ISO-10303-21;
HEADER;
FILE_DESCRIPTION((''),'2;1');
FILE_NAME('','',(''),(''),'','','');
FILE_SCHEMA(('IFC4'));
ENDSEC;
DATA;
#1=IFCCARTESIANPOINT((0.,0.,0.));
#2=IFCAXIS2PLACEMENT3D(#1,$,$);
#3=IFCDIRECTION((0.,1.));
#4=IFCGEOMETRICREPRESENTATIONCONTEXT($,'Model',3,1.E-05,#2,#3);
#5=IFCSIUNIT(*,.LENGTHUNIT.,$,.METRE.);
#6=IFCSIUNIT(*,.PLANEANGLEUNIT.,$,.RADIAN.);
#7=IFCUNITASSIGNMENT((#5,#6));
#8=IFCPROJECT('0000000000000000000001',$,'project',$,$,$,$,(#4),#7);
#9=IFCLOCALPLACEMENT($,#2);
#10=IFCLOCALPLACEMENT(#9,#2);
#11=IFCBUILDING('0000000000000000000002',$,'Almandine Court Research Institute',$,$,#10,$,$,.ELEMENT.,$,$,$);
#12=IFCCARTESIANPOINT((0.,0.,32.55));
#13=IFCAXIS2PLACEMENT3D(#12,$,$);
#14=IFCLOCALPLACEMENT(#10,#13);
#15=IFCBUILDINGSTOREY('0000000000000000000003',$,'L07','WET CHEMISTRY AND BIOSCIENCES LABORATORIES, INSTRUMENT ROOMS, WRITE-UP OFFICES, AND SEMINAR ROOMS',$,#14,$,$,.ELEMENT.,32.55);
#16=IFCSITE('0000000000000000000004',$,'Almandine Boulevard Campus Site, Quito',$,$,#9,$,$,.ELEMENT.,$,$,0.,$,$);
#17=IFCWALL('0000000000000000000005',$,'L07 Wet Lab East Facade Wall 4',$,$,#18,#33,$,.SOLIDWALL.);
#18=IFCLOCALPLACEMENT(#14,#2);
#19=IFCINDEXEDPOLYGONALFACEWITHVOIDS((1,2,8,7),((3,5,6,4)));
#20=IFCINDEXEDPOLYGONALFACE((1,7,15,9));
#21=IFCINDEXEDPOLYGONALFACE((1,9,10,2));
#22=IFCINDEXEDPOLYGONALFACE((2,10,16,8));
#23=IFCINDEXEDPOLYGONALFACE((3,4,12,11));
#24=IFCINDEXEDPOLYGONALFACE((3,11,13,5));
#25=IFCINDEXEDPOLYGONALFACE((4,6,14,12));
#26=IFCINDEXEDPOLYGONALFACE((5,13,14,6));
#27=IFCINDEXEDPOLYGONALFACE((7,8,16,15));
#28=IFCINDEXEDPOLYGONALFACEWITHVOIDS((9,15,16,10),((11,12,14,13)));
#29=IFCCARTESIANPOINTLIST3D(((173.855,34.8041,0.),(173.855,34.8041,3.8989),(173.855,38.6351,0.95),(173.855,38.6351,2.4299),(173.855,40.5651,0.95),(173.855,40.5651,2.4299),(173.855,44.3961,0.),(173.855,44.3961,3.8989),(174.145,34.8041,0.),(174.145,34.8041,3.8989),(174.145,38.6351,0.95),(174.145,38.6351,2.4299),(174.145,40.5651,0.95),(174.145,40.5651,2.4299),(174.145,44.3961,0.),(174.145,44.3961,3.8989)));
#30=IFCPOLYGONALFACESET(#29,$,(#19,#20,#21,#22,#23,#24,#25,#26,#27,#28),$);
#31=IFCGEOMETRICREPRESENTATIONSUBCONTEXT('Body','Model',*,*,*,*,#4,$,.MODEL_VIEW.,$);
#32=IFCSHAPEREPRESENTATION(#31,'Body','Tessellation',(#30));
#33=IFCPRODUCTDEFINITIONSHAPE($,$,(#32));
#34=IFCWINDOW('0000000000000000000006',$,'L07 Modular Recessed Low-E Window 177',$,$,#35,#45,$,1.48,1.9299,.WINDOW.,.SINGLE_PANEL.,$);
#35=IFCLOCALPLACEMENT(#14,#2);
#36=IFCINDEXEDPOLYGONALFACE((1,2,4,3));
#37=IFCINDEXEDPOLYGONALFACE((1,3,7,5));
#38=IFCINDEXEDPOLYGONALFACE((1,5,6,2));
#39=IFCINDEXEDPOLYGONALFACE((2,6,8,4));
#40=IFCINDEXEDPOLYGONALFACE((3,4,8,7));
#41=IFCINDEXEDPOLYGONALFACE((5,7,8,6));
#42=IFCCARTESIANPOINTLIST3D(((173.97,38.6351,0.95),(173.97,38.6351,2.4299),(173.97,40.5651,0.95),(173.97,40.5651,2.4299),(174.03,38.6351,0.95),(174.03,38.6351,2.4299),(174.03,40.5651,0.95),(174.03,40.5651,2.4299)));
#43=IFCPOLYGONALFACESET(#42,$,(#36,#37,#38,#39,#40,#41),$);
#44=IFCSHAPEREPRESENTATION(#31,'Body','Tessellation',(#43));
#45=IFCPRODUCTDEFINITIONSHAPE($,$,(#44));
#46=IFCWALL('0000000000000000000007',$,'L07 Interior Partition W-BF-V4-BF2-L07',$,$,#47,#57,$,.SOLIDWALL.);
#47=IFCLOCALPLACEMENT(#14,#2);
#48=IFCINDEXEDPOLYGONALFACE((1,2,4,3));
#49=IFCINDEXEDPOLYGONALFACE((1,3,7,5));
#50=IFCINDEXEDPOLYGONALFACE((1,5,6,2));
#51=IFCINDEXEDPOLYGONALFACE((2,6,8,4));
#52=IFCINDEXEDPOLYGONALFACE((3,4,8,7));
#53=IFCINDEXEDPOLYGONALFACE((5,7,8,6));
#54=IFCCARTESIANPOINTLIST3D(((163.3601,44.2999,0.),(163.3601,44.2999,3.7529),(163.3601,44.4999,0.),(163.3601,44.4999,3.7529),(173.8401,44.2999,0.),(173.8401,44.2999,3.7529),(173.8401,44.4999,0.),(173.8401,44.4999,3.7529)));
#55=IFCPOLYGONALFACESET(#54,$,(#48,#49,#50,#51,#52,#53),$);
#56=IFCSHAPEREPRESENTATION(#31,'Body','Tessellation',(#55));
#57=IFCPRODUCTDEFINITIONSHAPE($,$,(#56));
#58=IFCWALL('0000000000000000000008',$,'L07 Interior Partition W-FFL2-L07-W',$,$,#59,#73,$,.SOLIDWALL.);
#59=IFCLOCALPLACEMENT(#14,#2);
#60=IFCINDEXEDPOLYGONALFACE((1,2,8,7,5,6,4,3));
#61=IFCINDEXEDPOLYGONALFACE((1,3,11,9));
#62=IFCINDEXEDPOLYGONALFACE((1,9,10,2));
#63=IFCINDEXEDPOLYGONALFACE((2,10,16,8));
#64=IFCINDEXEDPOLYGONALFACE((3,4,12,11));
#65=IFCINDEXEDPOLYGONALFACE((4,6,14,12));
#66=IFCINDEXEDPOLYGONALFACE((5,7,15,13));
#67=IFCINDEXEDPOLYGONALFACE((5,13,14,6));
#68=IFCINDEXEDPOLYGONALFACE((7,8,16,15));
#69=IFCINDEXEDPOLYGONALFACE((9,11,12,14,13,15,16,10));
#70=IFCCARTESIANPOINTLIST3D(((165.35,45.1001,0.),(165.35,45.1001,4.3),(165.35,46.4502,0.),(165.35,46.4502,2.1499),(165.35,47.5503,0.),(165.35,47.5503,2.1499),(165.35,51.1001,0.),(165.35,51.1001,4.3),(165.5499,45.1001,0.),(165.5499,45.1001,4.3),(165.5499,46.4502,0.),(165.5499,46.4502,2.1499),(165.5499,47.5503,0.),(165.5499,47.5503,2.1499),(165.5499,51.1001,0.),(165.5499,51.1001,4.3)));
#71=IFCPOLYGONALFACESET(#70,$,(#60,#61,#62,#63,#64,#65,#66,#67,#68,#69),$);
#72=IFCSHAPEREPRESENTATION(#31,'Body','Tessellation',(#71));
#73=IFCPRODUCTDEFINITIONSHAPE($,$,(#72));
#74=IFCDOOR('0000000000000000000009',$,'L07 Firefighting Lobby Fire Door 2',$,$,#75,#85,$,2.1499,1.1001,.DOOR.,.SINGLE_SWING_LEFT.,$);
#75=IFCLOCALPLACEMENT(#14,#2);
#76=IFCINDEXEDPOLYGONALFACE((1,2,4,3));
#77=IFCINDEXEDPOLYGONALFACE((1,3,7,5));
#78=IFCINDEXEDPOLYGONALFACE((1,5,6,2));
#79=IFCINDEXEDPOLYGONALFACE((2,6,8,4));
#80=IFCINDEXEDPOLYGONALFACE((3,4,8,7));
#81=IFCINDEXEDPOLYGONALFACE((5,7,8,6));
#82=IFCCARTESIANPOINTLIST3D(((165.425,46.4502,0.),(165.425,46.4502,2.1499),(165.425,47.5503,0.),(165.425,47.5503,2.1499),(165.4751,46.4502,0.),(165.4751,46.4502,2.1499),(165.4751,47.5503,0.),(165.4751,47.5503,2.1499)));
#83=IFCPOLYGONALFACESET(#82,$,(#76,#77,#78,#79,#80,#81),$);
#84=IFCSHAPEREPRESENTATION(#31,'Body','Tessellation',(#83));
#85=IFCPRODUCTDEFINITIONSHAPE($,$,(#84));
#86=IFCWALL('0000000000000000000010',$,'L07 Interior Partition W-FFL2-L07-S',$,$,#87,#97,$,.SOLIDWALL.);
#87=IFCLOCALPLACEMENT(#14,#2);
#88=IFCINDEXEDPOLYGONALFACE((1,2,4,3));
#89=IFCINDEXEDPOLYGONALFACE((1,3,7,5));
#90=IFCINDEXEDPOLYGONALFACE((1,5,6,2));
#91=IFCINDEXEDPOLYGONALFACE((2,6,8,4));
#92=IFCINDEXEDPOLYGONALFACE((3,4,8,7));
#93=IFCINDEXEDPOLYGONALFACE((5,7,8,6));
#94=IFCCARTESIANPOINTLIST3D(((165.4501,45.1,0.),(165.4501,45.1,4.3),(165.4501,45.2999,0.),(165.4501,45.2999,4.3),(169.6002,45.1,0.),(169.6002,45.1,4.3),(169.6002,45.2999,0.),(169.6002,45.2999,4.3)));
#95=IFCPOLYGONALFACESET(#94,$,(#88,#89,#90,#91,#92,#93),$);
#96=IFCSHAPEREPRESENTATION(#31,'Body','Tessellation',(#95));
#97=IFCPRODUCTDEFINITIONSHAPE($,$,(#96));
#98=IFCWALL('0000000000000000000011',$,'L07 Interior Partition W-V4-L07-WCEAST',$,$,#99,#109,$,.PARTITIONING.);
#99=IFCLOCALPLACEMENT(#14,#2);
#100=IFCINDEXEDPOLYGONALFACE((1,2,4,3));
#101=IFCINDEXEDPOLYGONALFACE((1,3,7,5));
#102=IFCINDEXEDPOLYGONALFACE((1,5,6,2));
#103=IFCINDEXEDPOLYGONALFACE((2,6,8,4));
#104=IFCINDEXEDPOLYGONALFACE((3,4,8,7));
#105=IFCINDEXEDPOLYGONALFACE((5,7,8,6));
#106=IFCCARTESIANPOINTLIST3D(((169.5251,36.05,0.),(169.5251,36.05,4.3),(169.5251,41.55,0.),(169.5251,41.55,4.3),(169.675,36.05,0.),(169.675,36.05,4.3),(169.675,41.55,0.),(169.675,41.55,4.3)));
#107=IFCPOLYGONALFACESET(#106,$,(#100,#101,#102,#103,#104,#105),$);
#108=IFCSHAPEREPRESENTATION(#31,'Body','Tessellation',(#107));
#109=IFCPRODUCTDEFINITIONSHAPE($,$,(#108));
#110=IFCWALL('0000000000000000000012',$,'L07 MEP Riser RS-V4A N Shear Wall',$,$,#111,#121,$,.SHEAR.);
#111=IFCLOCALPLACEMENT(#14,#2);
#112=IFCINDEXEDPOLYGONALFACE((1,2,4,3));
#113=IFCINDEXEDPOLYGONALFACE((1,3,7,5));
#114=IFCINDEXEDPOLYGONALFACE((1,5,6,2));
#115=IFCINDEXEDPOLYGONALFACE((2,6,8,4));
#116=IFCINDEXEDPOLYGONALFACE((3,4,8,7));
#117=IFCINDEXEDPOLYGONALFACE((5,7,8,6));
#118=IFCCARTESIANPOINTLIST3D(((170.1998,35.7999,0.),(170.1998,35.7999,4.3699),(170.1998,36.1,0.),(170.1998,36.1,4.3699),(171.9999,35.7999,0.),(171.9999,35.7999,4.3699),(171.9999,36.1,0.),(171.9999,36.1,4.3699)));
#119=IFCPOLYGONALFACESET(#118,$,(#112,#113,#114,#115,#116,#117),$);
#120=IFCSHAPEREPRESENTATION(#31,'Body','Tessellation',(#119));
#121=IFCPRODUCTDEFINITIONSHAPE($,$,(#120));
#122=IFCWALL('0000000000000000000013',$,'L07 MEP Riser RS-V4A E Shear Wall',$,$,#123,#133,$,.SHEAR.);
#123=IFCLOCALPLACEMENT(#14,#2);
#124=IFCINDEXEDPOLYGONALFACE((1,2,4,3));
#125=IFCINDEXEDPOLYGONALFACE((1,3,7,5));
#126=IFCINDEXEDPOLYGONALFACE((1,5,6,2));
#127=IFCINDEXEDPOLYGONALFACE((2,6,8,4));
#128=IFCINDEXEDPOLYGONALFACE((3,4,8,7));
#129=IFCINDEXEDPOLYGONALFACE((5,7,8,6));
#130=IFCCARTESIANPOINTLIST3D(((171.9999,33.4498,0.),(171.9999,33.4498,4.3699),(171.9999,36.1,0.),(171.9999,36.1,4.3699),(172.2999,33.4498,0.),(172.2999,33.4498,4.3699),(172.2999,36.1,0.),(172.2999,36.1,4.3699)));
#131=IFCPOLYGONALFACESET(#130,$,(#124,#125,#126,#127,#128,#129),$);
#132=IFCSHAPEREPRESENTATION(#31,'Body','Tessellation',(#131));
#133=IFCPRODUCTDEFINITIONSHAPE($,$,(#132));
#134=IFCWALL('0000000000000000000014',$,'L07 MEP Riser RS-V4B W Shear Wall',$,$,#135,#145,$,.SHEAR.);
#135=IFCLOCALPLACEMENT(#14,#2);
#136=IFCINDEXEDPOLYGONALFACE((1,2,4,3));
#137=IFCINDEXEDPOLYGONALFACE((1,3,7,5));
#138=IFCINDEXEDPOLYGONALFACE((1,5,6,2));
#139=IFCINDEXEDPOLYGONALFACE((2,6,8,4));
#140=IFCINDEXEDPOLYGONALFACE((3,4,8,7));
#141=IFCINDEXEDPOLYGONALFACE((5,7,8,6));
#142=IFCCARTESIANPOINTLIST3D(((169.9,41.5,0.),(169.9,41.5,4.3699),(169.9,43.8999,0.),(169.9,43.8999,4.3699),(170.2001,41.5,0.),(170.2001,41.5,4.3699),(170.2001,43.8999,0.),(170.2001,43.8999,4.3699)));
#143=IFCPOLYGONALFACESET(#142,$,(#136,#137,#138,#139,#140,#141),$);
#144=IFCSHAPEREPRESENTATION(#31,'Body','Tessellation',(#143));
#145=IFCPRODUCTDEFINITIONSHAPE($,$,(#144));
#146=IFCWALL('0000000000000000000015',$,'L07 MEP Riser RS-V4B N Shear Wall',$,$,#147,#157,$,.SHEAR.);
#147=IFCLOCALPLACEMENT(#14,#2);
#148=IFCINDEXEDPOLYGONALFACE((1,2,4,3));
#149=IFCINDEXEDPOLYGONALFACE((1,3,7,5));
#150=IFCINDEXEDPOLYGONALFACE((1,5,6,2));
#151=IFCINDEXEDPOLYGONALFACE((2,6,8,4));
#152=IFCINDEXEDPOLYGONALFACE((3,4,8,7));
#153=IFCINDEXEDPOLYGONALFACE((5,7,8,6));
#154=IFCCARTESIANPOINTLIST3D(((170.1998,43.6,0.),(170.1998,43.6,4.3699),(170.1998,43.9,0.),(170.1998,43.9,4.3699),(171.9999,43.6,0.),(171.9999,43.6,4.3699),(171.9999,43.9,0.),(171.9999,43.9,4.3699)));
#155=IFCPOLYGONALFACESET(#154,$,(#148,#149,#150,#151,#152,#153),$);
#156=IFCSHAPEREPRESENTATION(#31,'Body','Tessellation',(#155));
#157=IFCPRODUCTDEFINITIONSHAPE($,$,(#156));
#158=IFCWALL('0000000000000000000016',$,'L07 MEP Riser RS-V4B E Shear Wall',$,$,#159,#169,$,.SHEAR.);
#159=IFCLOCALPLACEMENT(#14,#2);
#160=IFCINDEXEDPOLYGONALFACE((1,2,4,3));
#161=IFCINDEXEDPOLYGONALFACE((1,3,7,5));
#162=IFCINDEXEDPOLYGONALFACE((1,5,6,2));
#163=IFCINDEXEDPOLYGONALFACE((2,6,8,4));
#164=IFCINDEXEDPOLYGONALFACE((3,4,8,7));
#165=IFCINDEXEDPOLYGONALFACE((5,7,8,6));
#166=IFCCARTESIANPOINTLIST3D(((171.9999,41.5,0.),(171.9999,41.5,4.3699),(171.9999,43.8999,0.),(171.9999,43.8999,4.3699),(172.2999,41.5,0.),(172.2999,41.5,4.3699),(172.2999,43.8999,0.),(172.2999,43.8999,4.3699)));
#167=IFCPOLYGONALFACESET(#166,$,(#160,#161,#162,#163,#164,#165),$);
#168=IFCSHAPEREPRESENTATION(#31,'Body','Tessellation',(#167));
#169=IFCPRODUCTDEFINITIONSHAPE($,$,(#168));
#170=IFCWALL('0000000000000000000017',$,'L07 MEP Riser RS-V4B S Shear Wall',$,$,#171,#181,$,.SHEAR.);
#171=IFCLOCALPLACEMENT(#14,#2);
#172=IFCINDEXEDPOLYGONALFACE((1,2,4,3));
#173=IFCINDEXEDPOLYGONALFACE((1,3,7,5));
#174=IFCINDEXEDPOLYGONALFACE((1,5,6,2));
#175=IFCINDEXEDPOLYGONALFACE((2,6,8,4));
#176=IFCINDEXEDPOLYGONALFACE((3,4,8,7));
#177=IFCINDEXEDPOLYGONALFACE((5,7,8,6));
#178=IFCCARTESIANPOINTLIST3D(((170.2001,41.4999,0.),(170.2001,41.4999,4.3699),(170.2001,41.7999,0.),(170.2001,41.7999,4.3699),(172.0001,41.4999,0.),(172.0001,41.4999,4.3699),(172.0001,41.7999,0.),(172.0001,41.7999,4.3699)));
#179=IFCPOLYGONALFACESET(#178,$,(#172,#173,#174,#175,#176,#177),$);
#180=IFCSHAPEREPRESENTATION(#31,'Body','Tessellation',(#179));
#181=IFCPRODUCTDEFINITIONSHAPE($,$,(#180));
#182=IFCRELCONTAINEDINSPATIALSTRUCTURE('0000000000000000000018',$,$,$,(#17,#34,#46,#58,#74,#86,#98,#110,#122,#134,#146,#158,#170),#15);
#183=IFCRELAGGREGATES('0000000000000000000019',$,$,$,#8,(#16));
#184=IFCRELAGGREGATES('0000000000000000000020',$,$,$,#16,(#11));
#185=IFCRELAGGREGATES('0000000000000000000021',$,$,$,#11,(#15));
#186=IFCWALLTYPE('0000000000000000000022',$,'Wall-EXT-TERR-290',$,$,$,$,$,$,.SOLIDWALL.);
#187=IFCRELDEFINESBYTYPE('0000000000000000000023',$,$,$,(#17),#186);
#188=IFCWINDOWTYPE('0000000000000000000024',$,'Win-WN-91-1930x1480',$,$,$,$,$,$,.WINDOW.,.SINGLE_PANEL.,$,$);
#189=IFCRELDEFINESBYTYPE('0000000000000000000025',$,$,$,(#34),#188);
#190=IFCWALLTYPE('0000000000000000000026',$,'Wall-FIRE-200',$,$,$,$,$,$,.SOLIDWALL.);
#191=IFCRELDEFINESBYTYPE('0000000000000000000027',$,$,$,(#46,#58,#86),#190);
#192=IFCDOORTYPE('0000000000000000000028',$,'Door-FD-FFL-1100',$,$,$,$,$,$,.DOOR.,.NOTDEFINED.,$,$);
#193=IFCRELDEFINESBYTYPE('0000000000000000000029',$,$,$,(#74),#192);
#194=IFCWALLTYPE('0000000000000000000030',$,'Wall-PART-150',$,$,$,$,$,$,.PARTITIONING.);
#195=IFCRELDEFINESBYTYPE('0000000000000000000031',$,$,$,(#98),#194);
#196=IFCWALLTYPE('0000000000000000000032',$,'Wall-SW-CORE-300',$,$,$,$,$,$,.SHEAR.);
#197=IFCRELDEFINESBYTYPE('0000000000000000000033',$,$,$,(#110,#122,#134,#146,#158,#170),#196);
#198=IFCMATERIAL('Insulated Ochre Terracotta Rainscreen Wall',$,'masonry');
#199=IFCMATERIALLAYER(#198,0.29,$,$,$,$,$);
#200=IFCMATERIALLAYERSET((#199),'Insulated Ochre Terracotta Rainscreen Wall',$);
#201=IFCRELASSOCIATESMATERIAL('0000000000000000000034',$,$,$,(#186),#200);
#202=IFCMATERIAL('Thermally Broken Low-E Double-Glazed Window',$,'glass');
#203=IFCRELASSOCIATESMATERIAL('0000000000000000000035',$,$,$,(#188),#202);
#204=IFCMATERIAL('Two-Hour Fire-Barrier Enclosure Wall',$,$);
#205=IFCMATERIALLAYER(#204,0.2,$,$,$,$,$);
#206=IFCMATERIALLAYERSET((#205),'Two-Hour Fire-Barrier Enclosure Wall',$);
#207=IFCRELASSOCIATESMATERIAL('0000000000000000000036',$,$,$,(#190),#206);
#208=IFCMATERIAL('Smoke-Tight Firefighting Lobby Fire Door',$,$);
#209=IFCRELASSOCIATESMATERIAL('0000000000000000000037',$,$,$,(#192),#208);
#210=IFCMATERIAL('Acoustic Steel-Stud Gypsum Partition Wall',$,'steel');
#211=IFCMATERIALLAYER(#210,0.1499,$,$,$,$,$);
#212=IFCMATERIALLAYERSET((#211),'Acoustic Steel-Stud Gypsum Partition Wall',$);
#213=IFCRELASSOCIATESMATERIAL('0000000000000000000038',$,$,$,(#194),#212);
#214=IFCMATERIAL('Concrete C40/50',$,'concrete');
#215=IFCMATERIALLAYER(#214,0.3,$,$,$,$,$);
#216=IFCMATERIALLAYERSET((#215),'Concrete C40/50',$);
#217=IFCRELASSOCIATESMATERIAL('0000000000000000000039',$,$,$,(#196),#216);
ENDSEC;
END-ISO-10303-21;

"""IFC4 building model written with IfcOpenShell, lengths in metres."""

from ifc_helpers import new_model, si_unit, direction, frame, frame_2d, origin, place, context, subcontext, project, spatial, rectangle, extrude, material, layer, layer_set, type_object, element, fill, save


model = new_model("IFC4")

# Units and contexts
model_context = context("Model", 3, precision=1e-05, world=origin(), true_north=direction((0.0, 1.0)))
body_context = subcontext(model_context, "Body", "Model", "MODEL_VIEW")
ifc_project = project(units=[si_unit("LENGTHUNIT", "METRE"), si_unit("PLANEANGLEUNIT", "RADIAN")], contexts=[model_context])

# Site, building, storey
site_placement = place(None, origin())
site = spatial("IfcSite", under=ifc_project, at=site_placement, Name="Almandine Boulevard Campus Site, Quito", CompositionType="ELEMENT", RefElevation=0.0)
building_placement = place(site_placement, origin())
building = spatial("IfcBuilding", under=site, at=building_placement, Name="Almandine Court Research Institute", CompositionType="ELEMENT")
storey_placement = place(building_placement, frame((0.0, 0.0, 32.55)))
storey = spatial("IfcBuildingStorey", under=building, at=storey_placement, Name="L07", Description="WET CHEMISTRY AND BIOSCIENCES LABORATORIES, INSTRUMENT ROOMS, WRITE-UP OFFICES, AND SEMINAR ROOMS", CompositionType="ELEMENT", Elevation=32.55)

# Wall, opening, window
ifc_material_1 = material(Name="Insulated Ochre Terracotta Rainscreen Wall", Category="masonry")
ifc_layer_1 = layer(ifc_material_1, 0.29)
ifc_layer_set_1 = layer_set([ifc_layer_1], Name="Insulated Ochre Terracotta Rainscreen Wall")
wall_type_1 = type_object("IfcWallType", Name="Wall-EXT-TERR-290", PredefinedType="SOLIDWALL", material=ifc_layer_set_1)
wall_1_placement = place(storey_placement, frame((174.0, 44.396, 0.0), z_axis=(0.0, 0.0, 1.0), x_axis=(0.0, -1.0, 0.0)))
wall_1 = element("IfcWall", 1, at=wall_1_placement, inside=storey, type_object=wall_type_1, Name="L07 Wet Lab East Facade Wall 4", PredefinedType="SOLIDWALL", context=body_context, shape_type="SweptSolid", body=[
    extrude(rectangle(XDim=9.592, YDim=0.29, at=frame_2d((4.7959, 0.0))), origin(), (0.0, 0.0, 1.0), 3.8989),
])
opening_1_placement = place(wall_1_placement, frame((3.8311, 0.0, 0.95)))
opening_1 = element("IfcOpeningElement", 2, at=opening_1_placement, cuts=wall_1, PredefinedType="OPENING", context=body_context, shape_type="SweptSolid", body=[
    extrude(rectangle(XDim=1.9299, YDim=1.48, at=frame_2d((0.9648, 0.74))), frame((0.0, 0.155, 0.0), z_axis=(0.0, -1.0, 0.0), x_axis=(1.0, 0.0, 0.0)), (0.0, 0.0, 1.0), 0.3101),
])
ifc_material_2 = material(Name="Thermally Broken Low-E Double-Glazed Window", Category="glass")
window_type = type_object("IfcWindowType", Name="Win-WN-91-1930x1480", PartitioningType="SINGLE_PANEL", PredefinedType="WINDOW", material=ifc_material_2)
window_placement = place(opening_1_placement, origin())
window = element("IfcWindow", 3, at=window_placement, inside=storey, type_object=window_type, Name="L07 Modular Recessed Low-E Window 177", OverallHeight=1.48, OverallWidth=1.9299, PartitioningType="SINGLE_PANEL", PredefinedType="WINDOW", context=body_context, shape_type="SweptSolid", body=[
    extrude(rectangle(XDim=1.9299, YDim=1.48, at=frame_2d((0.9648, 0.74))), frame((0.0, 0.03, 0.0), z_axis=(0.0, -1.0, 0.0), x_axis=(1.0, 0.0, 0.0)), (0.0, 0.0, 1.0), 0.0601),
])
fill(opening_1, window)

# Wall
ifc_material_3 = material(Name="Two-Hour Fire-Barrier Enclosure Wall")
ifc_layer_2 = layer(ifc_material_3, 0.2)
ifc_layer_set_2 = layer_set([ifc_layer_2], Name="Two-Hour Fire-Barrier Enclosure Wall")
wall_type_2 = type_object("IfcWallType", Name="Wall-FIRE-200", PredefinedType="SOLIDWALL", material=ifc_layer_set_2)
wall_2_placement = place(storey_placement, frame((163.3601, 44.3999, 0.0), z_axis=(0.0, 0.0, 1.0), x_axis=(1.0, 0.0, 0.0)))
element("IfcWall", 4, at=wall_2_placement, inside=storey, type_object=wall_type_2, Name="L07 Interior Partition W-BF-V4-BF2-L07", PredefinedType="SOLIDWALL", context=body_context, shape_type="SweptSolid", body=[
    extrude(rectangle(XDim=10.48, YDim=0.2, at=frame_2d((5.24, 0.0))), origin(), (0.0, 0.0, 1.0), 3.7529),
])

# Wall, opening, door
wall_3_placement = place(storey_placement, frame((165.45, 45.1001, 0.0), z_axis=(0.0, 0.0, 1.0), x_axis=(0.0, 1.0, 0.0)))
wall_3 = element("IfcWall", 5, at=wall_3_placement, inside=storey, type_object=wall_type_2, Name="L07 Interior Partition W-FFL2-L07-W", PredefinedType="SOLIDWALL", context=body_context, shape_type="SweptSolid", body=[
    extrude(rectangle(XDim=6.0, YDim=0.2, at=frame_2d((3.0, 0.0))), origin(), (0.0, 0.0, 1.0), 4.3),
])
opening_2_placement = place(wall_3_placement, frame((1.3501, 0.0, 0.0)))
opening_2 = element("IfcOpeningElement", 6, at=opening_2_placement, cuts=wall_3, PredefinedType="OPENING", context=body_context, shape_type="SweptSolid", body=[
    extrude(rectangle(XDim=1.1001, YDim=2.1499, at=frame_2d((0.55, 1.075))), frame((0.0, 0.1099, 0.0), z_axis=(0.0, -1.0, 0.0), x_axis=(1.0, 0.0, 0.0)), (0.0, 0.0, 1.0), 0.22),
])
ifc_material_4 = material(Name="Smoke-Tight Firefighting Lobby Fire Door")
door_type_1 = type_object("IfcDoorType", Name="Door-FD-FFL-1100", OperationType="NOTDEFINED", PredefinedType="DOOR", material=ifc_material_4)
door_1_placement = place(opening_2_placement, origin())
door_1 = element("IfcDoor", 7, at=door_1_placement, inside=storey, type_object=door_type_1, Name="L07 Firefighting Lobby Fire Door 2", OperationType="SINGLE_SWING_LEFT", OverallHeight=2.1499, OverallWidth=1.1001, PredefinedType="DOOR", context=body_context, shape_type="SweptSolid", body=[
    extrude(rectangle(XDim=1.1001, YDim=2.1499, at=frame_2d((0.55, 1.075))), frame((0.0, 0.0249, 0.0), z_axis=(0.0, -1.0, 0.0), x_axis=(1.0, 0.0, 0.0)), (0.0, 0.0, 1.0), 0.05),
])
fill(opening_2, door_1)

# Walls
wall_4_placement = place(storey_placement, frame((165.45, 45.2, 0.0), z_axis=(0.0, 0.0, 1.0), x_axis=(1.0, 0.0, 0.0)))
element("IfcWall", 8, at=wall_4_placement, inside=storey, type_object=wall_type_2, Name="L07 Interior Partition W-FFL2-L07-S", PredefinedType="SOLIDWALL", context=body_context, shape_type="SweptSolid", body=[
    extrude(rectangle(XDim=4.1501, YDim=0.2, at=frame_2d((2.0752, 0.0))), origin(), (0.0, 0.0, 1.0), 4.3),
])
ifc_material_5 = material(Name="Acoustic Steel-Stud Gypsum Partition Wall", Category="steel")
ifc_layer_3 = layer(ifc_material_5, 0.1499)
ifc_layer_set_3 = layer_set([ifc_layer_3], Name="Acoustic Steel-Stud Gypsum Partition Wall")
wall_type_3 = type_object("IfcWallType", Name="Wall-PART-150", PredefinedType="PARTITIONING", material=ifc_layer_set_3)
wall_5_placement = place(storey_placement, frame((169.6001, 36.05, 0.0), z_axis=(0.0, 0.0, 1.0), x_axis=(0.0, 1.0, 0.0)))
element("IfcWall", 9, at=wall_5_placement, inside=storey, type_object=wall_type_3, Name="L07 Interior Partition W-V4-L07-WCEAST", PredefinedType="PARTITIONING", context=body_context, shape_type="SweptSolid", body=[
    extrude(rectangle(XDim=5.5, YDim=0.1499, at=frame_2d((2.75, 0.0))), origin(), (0.0, 0.0, 1.0), 4.3),
])
ifc_material_6 = material(Name="Concrete C40/50", Category="concrete")
ifc_layer_4 = layer(ifc_material_6, 0.3)
ifc_layer_set_4 = layer_set([ifc_layer_4], Name="Concrete C40/50")
wall_type_4 = type_object("IfcWallType", Name="Wall-SW-CORE-300", PredefinedType="SHEAR", material=ifc_layer_set_4)
wall_6_placement = place(storey_placement, frame((170.2, 35.95, 0.0), z_axis=(0.0, 0.0, 1.0), x_axis=(1.0, 0.0, 0.0)))
element("IfcWall", 10, at=wall_6_placement, inside=storey, type_object=wall_type_4, Name="L07 MEP Riser RS-V4A N Shear Wall", PredefinedType="SHEAR", context=body_context, shape_type="SweptSolid", body=[
    extrude(rectangle(XDim=1.8, YDim=0.3, at=frame_2d((0.8999, 0.0))), origin(), (0.0, 0.0, 1.0), 4.3699),
])
wall_7_placement = place(storey_placement, frame((172.1499, 36.1001, 0.0), z_axis=(0.0, 0.0, 1.0), x_axis=(0.0, -1.0, 0.0)))
element("IfcWall", 11, at=wall_7_placement, inside=storey, type_object=wall_type_4, Name="L07 MEP Riser RS-V4A E Shear Wall", PredefinedType="SHEAR", context=body_context, shape_type="SweptSolid", body=[
    extrude(rectangle(XDim=2.6501, YDim=0.3, at=frame_2d((1.3252, 0.0))), origin(), (0.0, 0.0, 1.0), 4.3699),
])
wall_8_placement = place(storey_placement, frame((170.05, 41.5, 0.0), z_axis=(0.0, 0.0, 1.0), x_axis=(0.0, 1.0, 0.0)))
element("IfcWall", 12, at=wall_8_placement, inside=storey, type_object=wall_type_4, Name="L07 MEP Riser RS-V4B W Shear Wall", PredefinedType="SHEAR", context=body_context, shape_type="SweptSolid", body=[
    extrude(rectangle(XDim=2.3999, YDim=0.3, at=frame_2d((1.2, 0.0))), origin(), (0.0, 0.0, 1.0), 4.3699),
])
wall_9_placement = place(storey_placement, frame((170.2, 43.75, 0.0), z_axis=(0.0, 0.0, 1.0), x_axis=(1.0, 0.0, 0.0)))
element("IfcWall", 13, at=wall_9_placement, inside=storey, type_object=wall_type_4, Name="L07 MEP Riser RS-V4B N Shear Wall", PredefinedType="SHEAR", context=body_context, shape_type="SweptSolid", body=[
    extrude(rectangle(XDim=1.8, YDim=0.3, at=frame_2d((0.8999, 0.0))), origin(), (0.0, 0.0, 1.0), 4.3699),
])
wall_10_placement = place(storey_placement, frame((172.1499, 43.8999, 0.0), z_axis=(0.0, 0.0, 1.0), x_axis=(0.0, -1.0, 0.0)))
element("IfcWall", 14, at=wall_10_placement, inside=storey, type_object=wall_type_4, Name="L07 MEP Riser RS-V4B E Shear Wall", PredefinedType="SHEAR", context=body_context, shape_type="SweptSolid", body=[
    extrude(rectangle(XDim=2.3999, YDim=0.3, at=frame_2d((1.2, 0.0))), origin(), (0.0, 0.0, 1.0), 4.3699),
])
wall_11_placement = place(storey_placement, frame((172.0, 41.6499, 0.0), z_axis=(0.0, 0.0, 1.0), x_axis=(-1.0, 0.0, 0.0)))
element("IfcWall", 15, at=wall_11_placement, inside=storey, type_object=wall_type_4, Name="L07 MEP Riser RS-V4B S Shear Wall", PredefinedType="SHEAR", context=body_context, shape_type="SweptSolid", body=[
    extrude(rectangle(XDim=1.8, YDim=0.3, at=frame_2d((0.8999, 0.0))), origin(), (0.0, 0.0, 1.0), 4.3699),
])

save(model, "model.ifc")
